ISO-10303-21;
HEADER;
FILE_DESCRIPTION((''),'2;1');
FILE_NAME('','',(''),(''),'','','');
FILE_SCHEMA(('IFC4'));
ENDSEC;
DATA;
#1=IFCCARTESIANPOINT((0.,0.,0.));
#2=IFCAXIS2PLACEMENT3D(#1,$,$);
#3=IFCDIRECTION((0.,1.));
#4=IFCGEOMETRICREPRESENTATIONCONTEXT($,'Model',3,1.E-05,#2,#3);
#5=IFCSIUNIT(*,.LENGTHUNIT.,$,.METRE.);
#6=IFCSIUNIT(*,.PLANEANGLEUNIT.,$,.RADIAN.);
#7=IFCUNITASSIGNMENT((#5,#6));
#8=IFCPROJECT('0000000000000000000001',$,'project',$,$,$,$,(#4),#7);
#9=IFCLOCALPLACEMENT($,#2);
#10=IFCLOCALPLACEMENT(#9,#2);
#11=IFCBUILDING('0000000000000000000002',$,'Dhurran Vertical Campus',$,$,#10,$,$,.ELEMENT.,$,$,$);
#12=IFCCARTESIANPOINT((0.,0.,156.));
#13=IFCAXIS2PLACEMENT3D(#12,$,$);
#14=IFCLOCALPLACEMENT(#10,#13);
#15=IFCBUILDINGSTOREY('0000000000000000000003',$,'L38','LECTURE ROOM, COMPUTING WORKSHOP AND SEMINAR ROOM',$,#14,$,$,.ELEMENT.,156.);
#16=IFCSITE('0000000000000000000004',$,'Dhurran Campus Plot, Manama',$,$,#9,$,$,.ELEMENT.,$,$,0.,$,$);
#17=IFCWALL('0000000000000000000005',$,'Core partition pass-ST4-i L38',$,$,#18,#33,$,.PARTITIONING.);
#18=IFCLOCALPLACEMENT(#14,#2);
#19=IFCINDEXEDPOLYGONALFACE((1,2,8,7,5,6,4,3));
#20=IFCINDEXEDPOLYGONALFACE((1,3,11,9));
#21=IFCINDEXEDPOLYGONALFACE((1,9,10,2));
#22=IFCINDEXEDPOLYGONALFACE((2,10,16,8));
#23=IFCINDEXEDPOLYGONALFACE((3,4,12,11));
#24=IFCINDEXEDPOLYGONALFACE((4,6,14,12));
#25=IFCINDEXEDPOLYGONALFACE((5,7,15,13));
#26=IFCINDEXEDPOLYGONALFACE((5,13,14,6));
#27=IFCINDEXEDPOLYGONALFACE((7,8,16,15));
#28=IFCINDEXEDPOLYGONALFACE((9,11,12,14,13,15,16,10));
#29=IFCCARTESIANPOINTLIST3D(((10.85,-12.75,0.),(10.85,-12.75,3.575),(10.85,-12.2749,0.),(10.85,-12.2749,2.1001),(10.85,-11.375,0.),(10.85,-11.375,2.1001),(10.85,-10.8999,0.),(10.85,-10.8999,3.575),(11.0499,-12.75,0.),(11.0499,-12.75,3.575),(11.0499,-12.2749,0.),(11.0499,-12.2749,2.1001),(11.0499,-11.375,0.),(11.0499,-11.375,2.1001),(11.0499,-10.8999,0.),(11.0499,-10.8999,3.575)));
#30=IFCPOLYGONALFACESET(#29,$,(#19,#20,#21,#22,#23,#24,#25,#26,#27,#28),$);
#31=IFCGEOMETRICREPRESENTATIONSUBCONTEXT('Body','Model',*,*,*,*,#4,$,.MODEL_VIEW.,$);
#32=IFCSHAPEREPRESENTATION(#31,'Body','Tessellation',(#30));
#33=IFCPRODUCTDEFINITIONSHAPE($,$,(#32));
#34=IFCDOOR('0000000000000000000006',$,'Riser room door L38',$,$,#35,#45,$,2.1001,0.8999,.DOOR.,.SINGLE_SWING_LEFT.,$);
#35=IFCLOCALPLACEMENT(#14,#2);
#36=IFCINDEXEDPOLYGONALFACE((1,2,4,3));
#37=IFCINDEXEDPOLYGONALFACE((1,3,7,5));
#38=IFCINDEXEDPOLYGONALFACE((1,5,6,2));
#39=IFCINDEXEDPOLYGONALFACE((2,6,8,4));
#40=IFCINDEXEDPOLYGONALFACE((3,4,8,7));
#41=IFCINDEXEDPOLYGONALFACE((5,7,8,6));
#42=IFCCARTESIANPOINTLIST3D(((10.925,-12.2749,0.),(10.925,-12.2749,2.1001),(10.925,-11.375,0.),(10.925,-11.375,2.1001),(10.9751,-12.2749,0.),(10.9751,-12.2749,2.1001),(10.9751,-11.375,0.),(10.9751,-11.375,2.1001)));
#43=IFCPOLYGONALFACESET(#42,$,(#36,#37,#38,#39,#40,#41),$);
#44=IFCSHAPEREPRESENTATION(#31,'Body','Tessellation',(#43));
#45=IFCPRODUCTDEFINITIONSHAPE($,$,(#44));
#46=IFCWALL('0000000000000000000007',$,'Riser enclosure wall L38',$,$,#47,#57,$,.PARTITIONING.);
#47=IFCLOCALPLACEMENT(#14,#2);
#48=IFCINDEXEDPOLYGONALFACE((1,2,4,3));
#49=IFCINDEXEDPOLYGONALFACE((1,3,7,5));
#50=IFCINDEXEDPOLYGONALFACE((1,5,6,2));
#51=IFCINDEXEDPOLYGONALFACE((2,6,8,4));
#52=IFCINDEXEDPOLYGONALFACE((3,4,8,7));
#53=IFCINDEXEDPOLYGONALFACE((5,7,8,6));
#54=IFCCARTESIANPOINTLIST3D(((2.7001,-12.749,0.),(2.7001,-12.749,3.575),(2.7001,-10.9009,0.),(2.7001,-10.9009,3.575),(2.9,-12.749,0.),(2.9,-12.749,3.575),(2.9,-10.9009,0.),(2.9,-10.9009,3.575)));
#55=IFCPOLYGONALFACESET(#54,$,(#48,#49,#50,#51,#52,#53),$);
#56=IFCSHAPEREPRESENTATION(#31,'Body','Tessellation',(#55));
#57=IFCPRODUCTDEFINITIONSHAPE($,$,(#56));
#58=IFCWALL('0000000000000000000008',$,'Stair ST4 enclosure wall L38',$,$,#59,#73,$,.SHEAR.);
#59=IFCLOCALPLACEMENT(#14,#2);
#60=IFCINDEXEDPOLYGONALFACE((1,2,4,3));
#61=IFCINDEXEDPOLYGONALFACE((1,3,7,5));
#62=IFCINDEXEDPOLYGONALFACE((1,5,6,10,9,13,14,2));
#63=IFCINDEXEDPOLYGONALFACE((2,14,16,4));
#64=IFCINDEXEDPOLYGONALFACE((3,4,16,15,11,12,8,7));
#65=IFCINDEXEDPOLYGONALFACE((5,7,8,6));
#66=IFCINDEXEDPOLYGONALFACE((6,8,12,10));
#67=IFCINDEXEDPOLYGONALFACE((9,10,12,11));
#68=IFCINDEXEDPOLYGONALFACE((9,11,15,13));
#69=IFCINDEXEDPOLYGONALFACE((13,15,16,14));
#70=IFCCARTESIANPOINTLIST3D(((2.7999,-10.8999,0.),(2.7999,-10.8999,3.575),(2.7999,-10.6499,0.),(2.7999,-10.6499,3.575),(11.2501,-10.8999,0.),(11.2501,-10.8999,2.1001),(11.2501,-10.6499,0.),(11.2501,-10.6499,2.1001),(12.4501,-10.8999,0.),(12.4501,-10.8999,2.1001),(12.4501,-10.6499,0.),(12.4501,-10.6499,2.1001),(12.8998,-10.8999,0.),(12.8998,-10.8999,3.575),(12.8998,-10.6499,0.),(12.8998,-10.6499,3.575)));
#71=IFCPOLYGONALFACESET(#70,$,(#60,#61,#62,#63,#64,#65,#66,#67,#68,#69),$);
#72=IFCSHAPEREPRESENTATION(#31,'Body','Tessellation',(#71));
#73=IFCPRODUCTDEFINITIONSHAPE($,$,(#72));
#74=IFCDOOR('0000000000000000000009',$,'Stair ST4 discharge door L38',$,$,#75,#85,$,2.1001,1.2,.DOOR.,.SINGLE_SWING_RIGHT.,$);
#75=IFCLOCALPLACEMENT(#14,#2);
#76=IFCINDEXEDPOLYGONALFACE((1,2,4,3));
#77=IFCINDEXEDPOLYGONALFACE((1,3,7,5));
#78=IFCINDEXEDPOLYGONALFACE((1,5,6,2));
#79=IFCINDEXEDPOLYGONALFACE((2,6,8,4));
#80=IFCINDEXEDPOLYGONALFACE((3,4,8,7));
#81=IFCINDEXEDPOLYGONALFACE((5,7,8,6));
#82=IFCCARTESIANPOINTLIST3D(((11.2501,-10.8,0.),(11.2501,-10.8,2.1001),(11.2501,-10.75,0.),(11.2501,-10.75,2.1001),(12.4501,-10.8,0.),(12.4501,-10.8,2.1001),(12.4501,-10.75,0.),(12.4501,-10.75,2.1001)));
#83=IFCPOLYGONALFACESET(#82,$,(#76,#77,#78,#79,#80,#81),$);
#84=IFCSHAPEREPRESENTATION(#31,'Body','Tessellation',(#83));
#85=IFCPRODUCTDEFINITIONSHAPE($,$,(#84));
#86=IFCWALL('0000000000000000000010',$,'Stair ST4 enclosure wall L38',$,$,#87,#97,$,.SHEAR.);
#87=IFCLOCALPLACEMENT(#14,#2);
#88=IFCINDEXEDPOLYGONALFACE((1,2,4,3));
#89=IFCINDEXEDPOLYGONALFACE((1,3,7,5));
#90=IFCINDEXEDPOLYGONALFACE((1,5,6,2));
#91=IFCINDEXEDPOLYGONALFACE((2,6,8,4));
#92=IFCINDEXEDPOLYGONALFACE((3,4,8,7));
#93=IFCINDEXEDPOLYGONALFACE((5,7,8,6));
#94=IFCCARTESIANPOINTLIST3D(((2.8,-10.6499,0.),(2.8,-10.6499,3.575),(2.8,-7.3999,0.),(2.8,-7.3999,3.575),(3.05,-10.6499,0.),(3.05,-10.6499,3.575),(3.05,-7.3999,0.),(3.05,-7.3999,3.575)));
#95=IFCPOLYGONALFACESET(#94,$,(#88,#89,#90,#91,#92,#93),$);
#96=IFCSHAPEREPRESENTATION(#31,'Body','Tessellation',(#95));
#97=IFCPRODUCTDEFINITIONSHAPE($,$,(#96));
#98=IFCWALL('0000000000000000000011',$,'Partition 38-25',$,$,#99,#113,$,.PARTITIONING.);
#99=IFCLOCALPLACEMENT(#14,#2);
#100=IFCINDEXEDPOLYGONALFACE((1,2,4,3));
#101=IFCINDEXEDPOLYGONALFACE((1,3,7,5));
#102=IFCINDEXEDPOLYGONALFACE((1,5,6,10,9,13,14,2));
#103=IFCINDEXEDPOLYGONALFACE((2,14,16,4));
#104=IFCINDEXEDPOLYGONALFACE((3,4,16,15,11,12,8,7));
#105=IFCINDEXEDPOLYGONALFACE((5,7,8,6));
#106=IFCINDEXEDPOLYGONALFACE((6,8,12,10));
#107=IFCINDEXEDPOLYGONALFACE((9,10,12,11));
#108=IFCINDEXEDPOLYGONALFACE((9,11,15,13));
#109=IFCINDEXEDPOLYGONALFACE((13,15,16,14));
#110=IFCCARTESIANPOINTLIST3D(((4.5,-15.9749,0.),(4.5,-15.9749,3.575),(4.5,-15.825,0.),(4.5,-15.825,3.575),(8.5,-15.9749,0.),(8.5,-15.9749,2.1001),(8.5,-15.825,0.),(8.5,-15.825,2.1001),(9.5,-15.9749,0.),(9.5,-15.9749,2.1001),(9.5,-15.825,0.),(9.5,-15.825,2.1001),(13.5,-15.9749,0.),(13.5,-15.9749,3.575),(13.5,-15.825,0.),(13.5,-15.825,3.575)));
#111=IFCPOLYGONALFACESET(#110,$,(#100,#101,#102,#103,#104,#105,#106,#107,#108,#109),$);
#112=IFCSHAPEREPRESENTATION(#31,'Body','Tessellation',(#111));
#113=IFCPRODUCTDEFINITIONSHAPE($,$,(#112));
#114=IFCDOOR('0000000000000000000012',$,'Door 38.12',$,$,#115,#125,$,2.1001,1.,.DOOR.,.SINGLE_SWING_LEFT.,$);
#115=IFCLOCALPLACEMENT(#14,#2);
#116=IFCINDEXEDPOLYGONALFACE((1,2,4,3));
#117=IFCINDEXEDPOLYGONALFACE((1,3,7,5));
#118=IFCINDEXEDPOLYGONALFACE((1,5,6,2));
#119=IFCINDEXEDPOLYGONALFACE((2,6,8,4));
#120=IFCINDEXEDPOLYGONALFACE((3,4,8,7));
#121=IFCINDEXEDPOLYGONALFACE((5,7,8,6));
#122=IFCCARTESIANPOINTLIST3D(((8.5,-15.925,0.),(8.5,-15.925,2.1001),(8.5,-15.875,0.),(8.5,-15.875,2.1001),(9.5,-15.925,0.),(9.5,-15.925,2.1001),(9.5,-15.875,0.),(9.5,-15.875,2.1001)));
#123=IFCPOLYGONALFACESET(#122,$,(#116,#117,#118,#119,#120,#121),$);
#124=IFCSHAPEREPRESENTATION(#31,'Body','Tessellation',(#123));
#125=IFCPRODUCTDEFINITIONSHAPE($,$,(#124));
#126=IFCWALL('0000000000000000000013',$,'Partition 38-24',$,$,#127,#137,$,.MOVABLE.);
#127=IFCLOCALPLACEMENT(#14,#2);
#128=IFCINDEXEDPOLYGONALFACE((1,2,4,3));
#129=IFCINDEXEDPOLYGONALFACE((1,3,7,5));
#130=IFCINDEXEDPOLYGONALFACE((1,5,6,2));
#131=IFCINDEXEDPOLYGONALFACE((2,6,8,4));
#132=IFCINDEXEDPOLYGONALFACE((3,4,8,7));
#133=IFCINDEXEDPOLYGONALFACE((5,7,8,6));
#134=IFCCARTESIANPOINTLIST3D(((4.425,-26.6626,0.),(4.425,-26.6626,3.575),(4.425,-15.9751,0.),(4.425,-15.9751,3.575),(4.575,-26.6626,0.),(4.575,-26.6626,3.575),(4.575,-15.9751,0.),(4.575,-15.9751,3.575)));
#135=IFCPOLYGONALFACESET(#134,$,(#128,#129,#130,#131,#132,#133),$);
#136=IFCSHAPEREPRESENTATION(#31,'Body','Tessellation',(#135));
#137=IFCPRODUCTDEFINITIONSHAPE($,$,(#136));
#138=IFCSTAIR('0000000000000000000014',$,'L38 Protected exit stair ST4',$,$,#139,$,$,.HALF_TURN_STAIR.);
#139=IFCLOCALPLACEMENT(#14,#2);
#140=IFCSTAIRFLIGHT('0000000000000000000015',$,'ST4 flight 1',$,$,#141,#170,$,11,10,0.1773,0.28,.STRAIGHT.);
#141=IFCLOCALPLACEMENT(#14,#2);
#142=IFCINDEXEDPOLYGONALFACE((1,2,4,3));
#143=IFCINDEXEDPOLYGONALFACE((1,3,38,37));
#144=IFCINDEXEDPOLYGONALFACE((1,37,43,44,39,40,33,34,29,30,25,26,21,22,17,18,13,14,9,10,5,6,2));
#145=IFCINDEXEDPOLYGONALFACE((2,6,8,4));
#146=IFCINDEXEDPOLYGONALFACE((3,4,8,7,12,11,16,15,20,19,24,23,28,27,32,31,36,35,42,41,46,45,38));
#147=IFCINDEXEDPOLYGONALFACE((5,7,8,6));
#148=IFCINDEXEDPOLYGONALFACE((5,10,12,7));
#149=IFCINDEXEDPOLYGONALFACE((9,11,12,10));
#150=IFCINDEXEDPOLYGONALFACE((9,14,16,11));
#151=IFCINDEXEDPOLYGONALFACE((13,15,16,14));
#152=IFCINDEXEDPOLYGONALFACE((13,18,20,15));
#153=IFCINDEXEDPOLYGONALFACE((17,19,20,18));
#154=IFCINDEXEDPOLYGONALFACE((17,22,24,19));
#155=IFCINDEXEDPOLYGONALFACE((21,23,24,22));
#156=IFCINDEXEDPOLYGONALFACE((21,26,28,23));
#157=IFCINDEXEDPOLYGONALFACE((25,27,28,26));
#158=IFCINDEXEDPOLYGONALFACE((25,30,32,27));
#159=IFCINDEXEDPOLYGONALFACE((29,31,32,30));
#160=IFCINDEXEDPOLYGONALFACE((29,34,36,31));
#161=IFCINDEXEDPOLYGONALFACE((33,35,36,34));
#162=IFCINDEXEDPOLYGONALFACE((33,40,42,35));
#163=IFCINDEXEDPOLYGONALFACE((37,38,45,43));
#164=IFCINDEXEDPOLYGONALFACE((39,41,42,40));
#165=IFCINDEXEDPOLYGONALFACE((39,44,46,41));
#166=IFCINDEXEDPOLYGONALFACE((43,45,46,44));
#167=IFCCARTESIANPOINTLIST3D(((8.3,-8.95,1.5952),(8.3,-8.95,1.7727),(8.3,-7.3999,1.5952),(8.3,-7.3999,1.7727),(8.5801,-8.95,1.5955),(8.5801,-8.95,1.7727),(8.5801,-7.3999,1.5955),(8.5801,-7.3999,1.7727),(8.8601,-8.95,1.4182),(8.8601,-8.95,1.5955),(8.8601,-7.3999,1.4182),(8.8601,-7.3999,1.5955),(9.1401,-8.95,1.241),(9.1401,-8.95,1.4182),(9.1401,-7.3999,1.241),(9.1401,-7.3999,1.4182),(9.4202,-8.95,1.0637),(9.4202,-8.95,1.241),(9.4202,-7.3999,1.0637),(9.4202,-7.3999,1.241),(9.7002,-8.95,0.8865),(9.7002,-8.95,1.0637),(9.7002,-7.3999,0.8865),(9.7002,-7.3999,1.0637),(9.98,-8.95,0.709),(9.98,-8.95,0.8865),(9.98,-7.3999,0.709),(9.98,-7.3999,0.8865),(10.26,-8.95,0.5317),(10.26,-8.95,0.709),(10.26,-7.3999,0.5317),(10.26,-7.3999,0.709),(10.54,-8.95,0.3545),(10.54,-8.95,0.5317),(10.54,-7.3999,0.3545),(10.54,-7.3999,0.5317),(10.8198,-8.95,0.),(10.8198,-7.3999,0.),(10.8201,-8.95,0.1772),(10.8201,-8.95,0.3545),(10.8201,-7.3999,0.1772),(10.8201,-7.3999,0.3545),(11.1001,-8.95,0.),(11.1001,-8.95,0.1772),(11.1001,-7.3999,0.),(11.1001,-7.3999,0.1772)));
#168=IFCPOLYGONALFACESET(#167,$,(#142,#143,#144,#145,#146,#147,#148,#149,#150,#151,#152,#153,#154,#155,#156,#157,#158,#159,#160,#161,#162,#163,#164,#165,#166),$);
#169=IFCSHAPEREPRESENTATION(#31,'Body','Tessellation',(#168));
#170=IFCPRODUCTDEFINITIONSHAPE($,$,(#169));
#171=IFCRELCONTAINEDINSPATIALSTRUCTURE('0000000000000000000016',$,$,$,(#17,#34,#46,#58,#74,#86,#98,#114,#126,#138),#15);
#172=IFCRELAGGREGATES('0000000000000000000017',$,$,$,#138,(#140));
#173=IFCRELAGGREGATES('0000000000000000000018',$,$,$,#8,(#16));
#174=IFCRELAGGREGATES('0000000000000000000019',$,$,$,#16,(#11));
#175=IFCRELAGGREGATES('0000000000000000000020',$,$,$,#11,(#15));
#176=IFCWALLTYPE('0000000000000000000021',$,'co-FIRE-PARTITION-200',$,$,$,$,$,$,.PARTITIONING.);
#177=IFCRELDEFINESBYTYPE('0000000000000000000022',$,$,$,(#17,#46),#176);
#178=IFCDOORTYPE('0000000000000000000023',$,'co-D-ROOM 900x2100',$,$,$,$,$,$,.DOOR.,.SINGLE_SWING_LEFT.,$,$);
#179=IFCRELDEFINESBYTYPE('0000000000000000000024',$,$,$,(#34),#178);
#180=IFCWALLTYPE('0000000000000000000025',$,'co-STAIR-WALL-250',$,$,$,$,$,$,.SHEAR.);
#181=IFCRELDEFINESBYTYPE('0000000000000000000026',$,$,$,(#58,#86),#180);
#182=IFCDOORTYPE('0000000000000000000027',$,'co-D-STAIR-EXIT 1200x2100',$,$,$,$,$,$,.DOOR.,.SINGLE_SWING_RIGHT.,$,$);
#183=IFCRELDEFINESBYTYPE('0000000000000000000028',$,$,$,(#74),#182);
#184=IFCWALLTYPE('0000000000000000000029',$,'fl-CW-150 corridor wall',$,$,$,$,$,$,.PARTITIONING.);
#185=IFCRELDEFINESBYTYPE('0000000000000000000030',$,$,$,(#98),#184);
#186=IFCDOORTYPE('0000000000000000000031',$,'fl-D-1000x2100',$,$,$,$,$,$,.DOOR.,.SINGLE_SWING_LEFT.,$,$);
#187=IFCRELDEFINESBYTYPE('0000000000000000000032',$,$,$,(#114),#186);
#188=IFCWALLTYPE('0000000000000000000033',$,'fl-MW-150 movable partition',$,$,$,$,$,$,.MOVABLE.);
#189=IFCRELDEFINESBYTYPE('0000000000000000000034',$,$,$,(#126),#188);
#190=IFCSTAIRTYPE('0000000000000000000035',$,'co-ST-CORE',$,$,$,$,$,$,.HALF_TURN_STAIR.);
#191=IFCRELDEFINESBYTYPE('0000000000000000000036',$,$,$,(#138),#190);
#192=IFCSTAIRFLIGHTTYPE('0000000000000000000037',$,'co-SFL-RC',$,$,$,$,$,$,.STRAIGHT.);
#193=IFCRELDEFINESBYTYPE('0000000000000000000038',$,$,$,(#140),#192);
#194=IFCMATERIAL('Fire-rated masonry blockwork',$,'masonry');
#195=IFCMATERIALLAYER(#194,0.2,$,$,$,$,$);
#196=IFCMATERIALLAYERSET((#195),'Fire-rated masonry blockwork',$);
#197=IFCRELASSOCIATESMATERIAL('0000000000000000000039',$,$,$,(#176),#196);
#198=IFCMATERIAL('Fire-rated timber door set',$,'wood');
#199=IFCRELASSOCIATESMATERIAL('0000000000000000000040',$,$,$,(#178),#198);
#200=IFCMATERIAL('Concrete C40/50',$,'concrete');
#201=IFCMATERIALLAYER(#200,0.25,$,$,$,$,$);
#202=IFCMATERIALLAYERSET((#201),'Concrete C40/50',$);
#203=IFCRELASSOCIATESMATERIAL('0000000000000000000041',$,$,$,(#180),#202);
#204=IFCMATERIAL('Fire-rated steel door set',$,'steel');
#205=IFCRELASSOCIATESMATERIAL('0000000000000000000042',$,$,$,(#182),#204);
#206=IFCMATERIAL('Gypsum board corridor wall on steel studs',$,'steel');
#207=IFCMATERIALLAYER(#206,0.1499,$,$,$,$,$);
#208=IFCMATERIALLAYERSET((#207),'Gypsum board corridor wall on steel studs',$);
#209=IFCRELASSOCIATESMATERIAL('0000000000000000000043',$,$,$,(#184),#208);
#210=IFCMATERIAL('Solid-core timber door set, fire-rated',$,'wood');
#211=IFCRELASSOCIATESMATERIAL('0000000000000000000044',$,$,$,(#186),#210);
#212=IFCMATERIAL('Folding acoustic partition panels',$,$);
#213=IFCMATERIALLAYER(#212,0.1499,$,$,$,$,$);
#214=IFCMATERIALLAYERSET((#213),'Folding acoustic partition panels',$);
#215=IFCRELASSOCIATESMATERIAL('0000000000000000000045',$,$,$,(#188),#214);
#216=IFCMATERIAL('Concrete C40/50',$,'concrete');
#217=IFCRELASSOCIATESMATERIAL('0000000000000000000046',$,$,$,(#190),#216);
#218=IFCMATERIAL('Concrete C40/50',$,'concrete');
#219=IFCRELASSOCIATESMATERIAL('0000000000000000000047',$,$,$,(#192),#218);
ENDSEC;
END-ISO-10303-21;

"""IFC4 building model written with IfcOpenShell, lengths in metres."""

from ifc_helpers import new_model, si_unit, direction, frame, frame_2d, origin, place, context, subcontext, project, spatial, polyline, rectangle, outline, extrude, material, layer, layer_set, type_object, element, fill, aggregate, save


model = new_model("IFC4")

# Units and contexts
model_context = context("Model", 3, precision=1e-05, world=origin(), true_north=direction((0.0, 1.0)))
body_context = subcontext(model_context, "Body", "Model", "MODEL_VIEW")
ifc_project = project(units=[si_unit("LENGTHUNIT", "METRE"), si_unit("PLANEANGLEUNIT", "RADIAN")], contexts=[model_context])

# Site, building, storey
site_placement = place(None, origin())
site = spatial("IfcSite", under=ifc_project, at=site_placement, Name="Dhurran Campus Plot, Manama", CompositionType="ELEMENT", RefElevation=0.0)
building_placement = place(site_placement, origin())
building = spatial("IfcBuilding", under=site, at=building_placement, Name="Dhurran Vertical Campus", CompositionType="ELEMENT")
storey_placement = place(building_placement, frame((0.0, 0.0, 156.0)))
storey = spatial("IfcBuildingStorey", under=building, at=storey_placement, Name="L38", Description="LECTURE ROOM, COMPUTING WORKSHOP AND SEMINAR ROOM", CompositionType="ELEMENT", Elevation=156.0)

# Wall, opening, door
ifc_material_1 = material(Name="Fire-rated masonry blockwork", Category="masonry")
ifc_layer_1 = layer(ifc_material_1, 0.2)
ifc_layer_set_1 = layer_set([ifc_layer_1], Name="Fire-rated masonry blockwork")
wall_type_1 = type_object("IfcWallType", Name="co-FIRE-PARTITION-200", PredefinedType="PARTITIONING", material=ifc_layer_set_1)
ifc_material_2 = material(Name="Fire-rated timber door set", Category="wood")
door_type_1 = type_object("IfcDoorType", Name="co-D-ROOM 900x2100", OperationType="SINGLE_SWING_LEFT", PredefinedType="DOOR", material=ifc_material_2)
wall_1_placement = place(storey_placement, frame((10.95, -12.75, 0.0), z_axis=(0.0, 0.0, 1.0), x_axis=(0.0, 1.0, 0.0)))
wall_1 = element("IfcWall", 1, at=wall_1_placement, inside=storey, type_object=wall_type_1, Name="Core partition pass-ST4-i L38", PredefinedType="PARTITIONING", context=body_context, shape_type="SweptSolid", body=[
    extrude(rectangle(XDim=1.8501, YDim=0.2, at=frame_2d((0.925, 0.0))), origin(), (0.0, 0.0, 1.0), 3.575),
])
opening_1_placement = place(wall_1_placement, frame((0.4751, 0.0, 0.0)))
opening_1 = element("IfcOpeningElement", 2, at=opening_1_placement, cuts=wall_1, PredefinedType="OPENING", context=body_context, shape_type="SweptSolid", body=[
    extrude(rectangle(XDim=0.8999, YDim=2.1001, at=frame_2d((0.45, 1.05))), frame((0.0, 0.1099, 0.0), z_axis=(0.0, -1.0, 0.0), x_axis=(1.0, 0.0, 0.0)), (0.0, 0.0, 1.0), 0.22),
])
door_1_placement = place(opening_1_placement, origin())
door_1 = element("IfcDoor", 3, at=door_1_placement, inside=storey, type_object=door_type_1, Name="Riser room door L38", OperationType="SINGLE_SWING_LEFT", OverallHeight=2.1001, OverallWidth=0.8999, PredefinedType="DOOR", context=body_context, shape_type="SweptSolid", body=[
    extrude(rectangle(XDim=0.8999, YDim=2.1001, at=frame_2d((0.45, 1.05))), frame((0.0, 0.0249, 0.0), z_axis=(0.0, -1.0, 0.0), x_axis=(1.0, 0.0, 0.0)), (0.0, 0.0, 1.0), 0.05),
])
fill(opening_1, door_1)

# Wall
wall_2_placement = place(storey_placement, frame((2.8, -10.9009, 0.0), z_axis=(0.0, 0.0, 1.0), x_axis=(0.0, -1.0, 0.0)))
element("IfcWall", 4, at=wall_2_placement, inside=storey, type_object=wall_type_1, Name="Riser enclosure wall L38", PredefinedType="PARTITIONING", context=body_context, shape_type="SweptSolid", body=[
    extrude(rectangle(XDim=1.8481, YDim=0.2, at=frame_2d((0.9241, 0.0))), origin(), (0.0, 0.0, 1.0), 3.575),
])

# Wall, opening, door
ifc_material_3 = material(Name="Concrete C40/50", Category="concrete")
ifc_layer_2 = layer(ifc_material_3, 0.25)
ifc_layer_set_2 = layer_set([ifc_layer_2], Name="Concrete C40/50")
wall_type_2 = type_object("IfcWallType", Name="co-STAIR-WALL-250", PredefinedType="SHEAR", material=ifc_layer_set_2)
wall_3_placement = place(storey_placement, frame((2.8, -10.7749, 0.0), z_axis=(0.0, 0.0, 1.0), x_axis=(1.0, 0.0, 0.0)))
wall_3 = element("IfcWall", 5, at=wall_3_placement, inside=storey, type_object=wall_type_2, Name="Stair ST4 enclosure wall L38", PredefinedType="SHEAR", context=body_context, shape_type="SweptSolid", body=[
    extrude(rectangle(XDim=10.0999, YDim=0.25, at=frame_2d((5.0498, 0.0))), origin(), (0.0, 0.0, 1.0), 3.575),
])
opening_2_placement = place(wall_3_placement, frame((8.45, 0.0, 0.0)))
opening_2 = element("IfcOpeningElement", 6, at=opening_2_placement, cuts=wall_3, PredefinedType="OPENING", context=body_context, shape_type="SweptSolid", body=[
    extrude(rectangle(XDim=1.2, YDim=2.1001, at=frame_2d((0.6001, 1.05))), frame((0.0, 0.135, 0.0), z_axis=(0.0, -1.0, 0.0), x_axis=(1.0, 0.0, 0.0)), (0.0, 0.0, 1.0), 0.27),
])
ifc_material_4 = material(Name="Fire-rated steel door set", Category="steel")
door_type_2 = type_object("IfcDoorType", Name="co-D-STAIR-EXIT 1200x2100", OperationType="SINGLE_SWING_RIGHT", PredefinedType="DOOR", material=ifc_material_4)
door_2_placement = place(opening_2_placement, origin())
door_2 = element("IfcDoor", 7, at=door_2_placement, inside=storey, type_object=door_type_2, Name="Stair ST4 discharge door L38", OperationType="SINGLE_SWING_RIGHT", OverallHeight=2.1001, OverallWidth=1.2, PredefinedType="DOOR", context=body_context, shape_type="SweptSolid", body=[
    extrude(rectangle(XDim=1.2, YDim=2.1001, at=frame_2d((0.6001, 1.05))), frame((0.0, 0.0249, 0.0), z_axis=(0.0, -1.0, 0.0), x_axis=(1.0, 0.0, 0.0)), (0.0, 0.0, 1.0), 0.05),
])
fill(opening_2, door_2)

# Wall
wall_4_placement = place(storey_placement, frame((2.925, -10.6499, 0.0), z_axis=(0.0, 0.0, 1.0), x_axis=(0.0, 1.0, 0.0)))
element("IfcWall", 8, at=wall_4_placement, inside=storey, type_object=wall_type_2, Name="Stair ST4 enclosure wall L38", PredefinedType="SHEAR", context=body_context, shape_type="SweptSolid", body=[
    extrude(rectangle(XDim=3.25, YDim=0.25, at=frame_2d((1.625, 0.0))), origin(), (0.0, 0.0, 1.0), 3.575),
])

# Wall, opening, door
ifc_material_5 = material(Name="Gypsum board corridor wall on steel studs", Category="steel")
ifc_layer_3 = layer(ifc_material_5, 0.1499)
ifc_layer_set_3 = layer_set([ifc_layer_3], Name="Gypsum board corridor wall on steel studs")
wall_type_3 = type_object("IfcWallType", Name="fl-CW-150 corridor wall", PredefinedType="PARTITIONING", material=ifc_layer_set_3)
wall_5_placement = place(storey_placement, frame((4.5, -15.8999, 0.0), z_axis=(0.0, 0.0, 1.0), x_axis=(1.0, 0.0, 0.0)))
wall_5 = element("IfcWall", 9, at=wall_5_placement, inside=storey, type_object=wall_type_3, Name="Partition 38-25", PredefinedType="PARTITIONING", context=body_context, shape_type="SweptSolid", body=[
    extrude(rectangle(XDim=9.0, YDim=0.1499, at=frame_2d((4.5, 0.0))), origin(), (0.0, 0.0, 1.0), 3.575),
])
opening_3_placement = place(wall_5_placement, frame((4.0, 0.0, 0.0)))
opening_3 = element("IfcOpeningElement", 10, at=opening_3_placement, cuts=wall_5, PredefinedType="OPENING", context=body_context, shape_type="SweptSolid", body=[
    extrude(rectangle(XDim=1.0, YDim=2.1001, at=frame_2d((0.5, 1.05))), frame((0.0, 0.085, 0.0), z_axis=(0.0, -1.0, 0.0), x_axis=(1.0, 0.0, 0.0)), (0.0, 0.0, 1.0), 0.1699),
])
ifc_material_6 = material(Name="Solid-core timber door set, fire-rated", Category="wood")
door_type_3 = type_object("IfcDoorType", Name="fl-D-1000x2100", OperationType="SINGLE_SWING_LEFT", PredefinedType="DOOR", material=ifc_material_6)
door_3_placement = place(opening_3_placement, origin())
door_3 = element("IfcDoor", 11, at=door_3_placement, inside=storey, type_object=door_type_3, Name="Door 38.12", OperationType="SINGLE_SWING_LEFT", OverallHeight=2.1001, OverallWidth=1.0, PredefinedType="DOOR", context=body_context, shape_type="SweptSolid", body=[
    extrude(rectangle(XDim=1.0, YDim=2.1001, at=frame_2d((0.5, 1.05))), frame((0.0, 0.0249, 0.0), z_axis=(0.0, -1.0, 0.0), x_axis=(1.0, 0.0, 0.0)), (0.0, 0.0, 1.0), 0.05),
])
fill(opening_3, door_3)

# Wall
ifc_material_7 = material(Name="Folding acoustic partition panels")
ifc_layer_4 = layer(ifc_material_7, 0.1499)
ifc_layer_set_4 = layer_set([ifc_layer_4], Name="Folding acoustic partition panels")
wall_type_4 = type_object("IfcWallType", Name="fl-MW-150 movable partition", PredefinedType="MOVABLE", material=ifc_layer_set_4)
wall_6_placement = place(storey_placement, frame((4.5, -15.9751, 0.0), z_axis=(0.0, 0.0, 1.0), x_axis=(0.0, -1.0, 0.0)))
element("IfcWall", 12, at=wall_6_placement, inside=storey, type_object=wall_type_4, Name="Partition 38-24", PredefinedType="MOVABLE", context=body_context, shape_type="SweptSolid", body=[
    extrude(rectangle(XDim=10.6875, YDim=0.1499, at=frame_2d((5.3438, 0.0))), origin(), (0.0, 0.0, 1.0), 3.575),
])

# Stair, stair flight
ifc_material_8 = material(Name="Concrete C40/50", Category="concrete")
stair_type = type_object("IfcStairType", Name="co-ST-CORE", PredefinedType="HALF_TURN_STAIR", material=ifc_material_8)
stair_placement = place(storey_placement, origin())
stair = element("IfcStair", 13, at=stair_placement, inside=storey, type_object=stair_type, Name="L38 Protected exit stair ST4", PredefinedType="HALF_TURN_STAIR")
ifc_material_9 = material(Name="Concrete C40/50", Category="concrete")
stair_flight_type = type_object("IfcStairFlightType", Name="co-SFL-RC", PredefinedType="STRAIGHT", material=ifc_material_9)
stair_flight_1_placement = place(storey_placement, frame((11.1001, -8.175, 0.0), z_axis=(0.0, 0.0, 1.0), x_axis=(-1.0, 0.0, 0.0)))
stair_flight_1 = element("IfcStairFlight", 14, at=stair_flight_1_placement, type_object=stair_flight_type, Name="ST4 flight 1", NumberOfRisers=11, NumberOfTreads=10, PredefinedType="STRAIGHT", RiserHeight=0.1773, TreadLength=0.28, context=body_context, shape_type="SweptSolid", body=[
    extrude(outline(polyline([(0.0, 0.0), (0.0, 0.1772), (0.28, 0.1772), (0.28, 0.3545), (0.5601, 0.3545), (0.5601, 0.5317), (0.8401, 0.5317), (0.8401, 0.709), (1.1201, 0.709), (1.1201, 0.8865), (1.3999, 0.8865), (1.3999, 1.0637), (1.6799, 1.0637), (1.6799, 1.241), (1.96, 1.241), (1.96, 1.4182), (2.24, 1.4182), (2.24, 1.5955), (2.52, 1.5955), (2.52, 1.7727), (2.8, 1.7727), (2.8, 1.95), (2.8, 1.5952), (0.2803, 0.0), (0.0, 0.0)])), frame((0.0, 0.7749, 0.0), z_axis=(0.0, -1.0, 0.0), x_axis=(1.0, 0.0, 0.0)), (0.0, 0.0, 1.0), 1.55),
])
aggregate(stair, [stair_flight_1])

save(model, "model.ifc")
